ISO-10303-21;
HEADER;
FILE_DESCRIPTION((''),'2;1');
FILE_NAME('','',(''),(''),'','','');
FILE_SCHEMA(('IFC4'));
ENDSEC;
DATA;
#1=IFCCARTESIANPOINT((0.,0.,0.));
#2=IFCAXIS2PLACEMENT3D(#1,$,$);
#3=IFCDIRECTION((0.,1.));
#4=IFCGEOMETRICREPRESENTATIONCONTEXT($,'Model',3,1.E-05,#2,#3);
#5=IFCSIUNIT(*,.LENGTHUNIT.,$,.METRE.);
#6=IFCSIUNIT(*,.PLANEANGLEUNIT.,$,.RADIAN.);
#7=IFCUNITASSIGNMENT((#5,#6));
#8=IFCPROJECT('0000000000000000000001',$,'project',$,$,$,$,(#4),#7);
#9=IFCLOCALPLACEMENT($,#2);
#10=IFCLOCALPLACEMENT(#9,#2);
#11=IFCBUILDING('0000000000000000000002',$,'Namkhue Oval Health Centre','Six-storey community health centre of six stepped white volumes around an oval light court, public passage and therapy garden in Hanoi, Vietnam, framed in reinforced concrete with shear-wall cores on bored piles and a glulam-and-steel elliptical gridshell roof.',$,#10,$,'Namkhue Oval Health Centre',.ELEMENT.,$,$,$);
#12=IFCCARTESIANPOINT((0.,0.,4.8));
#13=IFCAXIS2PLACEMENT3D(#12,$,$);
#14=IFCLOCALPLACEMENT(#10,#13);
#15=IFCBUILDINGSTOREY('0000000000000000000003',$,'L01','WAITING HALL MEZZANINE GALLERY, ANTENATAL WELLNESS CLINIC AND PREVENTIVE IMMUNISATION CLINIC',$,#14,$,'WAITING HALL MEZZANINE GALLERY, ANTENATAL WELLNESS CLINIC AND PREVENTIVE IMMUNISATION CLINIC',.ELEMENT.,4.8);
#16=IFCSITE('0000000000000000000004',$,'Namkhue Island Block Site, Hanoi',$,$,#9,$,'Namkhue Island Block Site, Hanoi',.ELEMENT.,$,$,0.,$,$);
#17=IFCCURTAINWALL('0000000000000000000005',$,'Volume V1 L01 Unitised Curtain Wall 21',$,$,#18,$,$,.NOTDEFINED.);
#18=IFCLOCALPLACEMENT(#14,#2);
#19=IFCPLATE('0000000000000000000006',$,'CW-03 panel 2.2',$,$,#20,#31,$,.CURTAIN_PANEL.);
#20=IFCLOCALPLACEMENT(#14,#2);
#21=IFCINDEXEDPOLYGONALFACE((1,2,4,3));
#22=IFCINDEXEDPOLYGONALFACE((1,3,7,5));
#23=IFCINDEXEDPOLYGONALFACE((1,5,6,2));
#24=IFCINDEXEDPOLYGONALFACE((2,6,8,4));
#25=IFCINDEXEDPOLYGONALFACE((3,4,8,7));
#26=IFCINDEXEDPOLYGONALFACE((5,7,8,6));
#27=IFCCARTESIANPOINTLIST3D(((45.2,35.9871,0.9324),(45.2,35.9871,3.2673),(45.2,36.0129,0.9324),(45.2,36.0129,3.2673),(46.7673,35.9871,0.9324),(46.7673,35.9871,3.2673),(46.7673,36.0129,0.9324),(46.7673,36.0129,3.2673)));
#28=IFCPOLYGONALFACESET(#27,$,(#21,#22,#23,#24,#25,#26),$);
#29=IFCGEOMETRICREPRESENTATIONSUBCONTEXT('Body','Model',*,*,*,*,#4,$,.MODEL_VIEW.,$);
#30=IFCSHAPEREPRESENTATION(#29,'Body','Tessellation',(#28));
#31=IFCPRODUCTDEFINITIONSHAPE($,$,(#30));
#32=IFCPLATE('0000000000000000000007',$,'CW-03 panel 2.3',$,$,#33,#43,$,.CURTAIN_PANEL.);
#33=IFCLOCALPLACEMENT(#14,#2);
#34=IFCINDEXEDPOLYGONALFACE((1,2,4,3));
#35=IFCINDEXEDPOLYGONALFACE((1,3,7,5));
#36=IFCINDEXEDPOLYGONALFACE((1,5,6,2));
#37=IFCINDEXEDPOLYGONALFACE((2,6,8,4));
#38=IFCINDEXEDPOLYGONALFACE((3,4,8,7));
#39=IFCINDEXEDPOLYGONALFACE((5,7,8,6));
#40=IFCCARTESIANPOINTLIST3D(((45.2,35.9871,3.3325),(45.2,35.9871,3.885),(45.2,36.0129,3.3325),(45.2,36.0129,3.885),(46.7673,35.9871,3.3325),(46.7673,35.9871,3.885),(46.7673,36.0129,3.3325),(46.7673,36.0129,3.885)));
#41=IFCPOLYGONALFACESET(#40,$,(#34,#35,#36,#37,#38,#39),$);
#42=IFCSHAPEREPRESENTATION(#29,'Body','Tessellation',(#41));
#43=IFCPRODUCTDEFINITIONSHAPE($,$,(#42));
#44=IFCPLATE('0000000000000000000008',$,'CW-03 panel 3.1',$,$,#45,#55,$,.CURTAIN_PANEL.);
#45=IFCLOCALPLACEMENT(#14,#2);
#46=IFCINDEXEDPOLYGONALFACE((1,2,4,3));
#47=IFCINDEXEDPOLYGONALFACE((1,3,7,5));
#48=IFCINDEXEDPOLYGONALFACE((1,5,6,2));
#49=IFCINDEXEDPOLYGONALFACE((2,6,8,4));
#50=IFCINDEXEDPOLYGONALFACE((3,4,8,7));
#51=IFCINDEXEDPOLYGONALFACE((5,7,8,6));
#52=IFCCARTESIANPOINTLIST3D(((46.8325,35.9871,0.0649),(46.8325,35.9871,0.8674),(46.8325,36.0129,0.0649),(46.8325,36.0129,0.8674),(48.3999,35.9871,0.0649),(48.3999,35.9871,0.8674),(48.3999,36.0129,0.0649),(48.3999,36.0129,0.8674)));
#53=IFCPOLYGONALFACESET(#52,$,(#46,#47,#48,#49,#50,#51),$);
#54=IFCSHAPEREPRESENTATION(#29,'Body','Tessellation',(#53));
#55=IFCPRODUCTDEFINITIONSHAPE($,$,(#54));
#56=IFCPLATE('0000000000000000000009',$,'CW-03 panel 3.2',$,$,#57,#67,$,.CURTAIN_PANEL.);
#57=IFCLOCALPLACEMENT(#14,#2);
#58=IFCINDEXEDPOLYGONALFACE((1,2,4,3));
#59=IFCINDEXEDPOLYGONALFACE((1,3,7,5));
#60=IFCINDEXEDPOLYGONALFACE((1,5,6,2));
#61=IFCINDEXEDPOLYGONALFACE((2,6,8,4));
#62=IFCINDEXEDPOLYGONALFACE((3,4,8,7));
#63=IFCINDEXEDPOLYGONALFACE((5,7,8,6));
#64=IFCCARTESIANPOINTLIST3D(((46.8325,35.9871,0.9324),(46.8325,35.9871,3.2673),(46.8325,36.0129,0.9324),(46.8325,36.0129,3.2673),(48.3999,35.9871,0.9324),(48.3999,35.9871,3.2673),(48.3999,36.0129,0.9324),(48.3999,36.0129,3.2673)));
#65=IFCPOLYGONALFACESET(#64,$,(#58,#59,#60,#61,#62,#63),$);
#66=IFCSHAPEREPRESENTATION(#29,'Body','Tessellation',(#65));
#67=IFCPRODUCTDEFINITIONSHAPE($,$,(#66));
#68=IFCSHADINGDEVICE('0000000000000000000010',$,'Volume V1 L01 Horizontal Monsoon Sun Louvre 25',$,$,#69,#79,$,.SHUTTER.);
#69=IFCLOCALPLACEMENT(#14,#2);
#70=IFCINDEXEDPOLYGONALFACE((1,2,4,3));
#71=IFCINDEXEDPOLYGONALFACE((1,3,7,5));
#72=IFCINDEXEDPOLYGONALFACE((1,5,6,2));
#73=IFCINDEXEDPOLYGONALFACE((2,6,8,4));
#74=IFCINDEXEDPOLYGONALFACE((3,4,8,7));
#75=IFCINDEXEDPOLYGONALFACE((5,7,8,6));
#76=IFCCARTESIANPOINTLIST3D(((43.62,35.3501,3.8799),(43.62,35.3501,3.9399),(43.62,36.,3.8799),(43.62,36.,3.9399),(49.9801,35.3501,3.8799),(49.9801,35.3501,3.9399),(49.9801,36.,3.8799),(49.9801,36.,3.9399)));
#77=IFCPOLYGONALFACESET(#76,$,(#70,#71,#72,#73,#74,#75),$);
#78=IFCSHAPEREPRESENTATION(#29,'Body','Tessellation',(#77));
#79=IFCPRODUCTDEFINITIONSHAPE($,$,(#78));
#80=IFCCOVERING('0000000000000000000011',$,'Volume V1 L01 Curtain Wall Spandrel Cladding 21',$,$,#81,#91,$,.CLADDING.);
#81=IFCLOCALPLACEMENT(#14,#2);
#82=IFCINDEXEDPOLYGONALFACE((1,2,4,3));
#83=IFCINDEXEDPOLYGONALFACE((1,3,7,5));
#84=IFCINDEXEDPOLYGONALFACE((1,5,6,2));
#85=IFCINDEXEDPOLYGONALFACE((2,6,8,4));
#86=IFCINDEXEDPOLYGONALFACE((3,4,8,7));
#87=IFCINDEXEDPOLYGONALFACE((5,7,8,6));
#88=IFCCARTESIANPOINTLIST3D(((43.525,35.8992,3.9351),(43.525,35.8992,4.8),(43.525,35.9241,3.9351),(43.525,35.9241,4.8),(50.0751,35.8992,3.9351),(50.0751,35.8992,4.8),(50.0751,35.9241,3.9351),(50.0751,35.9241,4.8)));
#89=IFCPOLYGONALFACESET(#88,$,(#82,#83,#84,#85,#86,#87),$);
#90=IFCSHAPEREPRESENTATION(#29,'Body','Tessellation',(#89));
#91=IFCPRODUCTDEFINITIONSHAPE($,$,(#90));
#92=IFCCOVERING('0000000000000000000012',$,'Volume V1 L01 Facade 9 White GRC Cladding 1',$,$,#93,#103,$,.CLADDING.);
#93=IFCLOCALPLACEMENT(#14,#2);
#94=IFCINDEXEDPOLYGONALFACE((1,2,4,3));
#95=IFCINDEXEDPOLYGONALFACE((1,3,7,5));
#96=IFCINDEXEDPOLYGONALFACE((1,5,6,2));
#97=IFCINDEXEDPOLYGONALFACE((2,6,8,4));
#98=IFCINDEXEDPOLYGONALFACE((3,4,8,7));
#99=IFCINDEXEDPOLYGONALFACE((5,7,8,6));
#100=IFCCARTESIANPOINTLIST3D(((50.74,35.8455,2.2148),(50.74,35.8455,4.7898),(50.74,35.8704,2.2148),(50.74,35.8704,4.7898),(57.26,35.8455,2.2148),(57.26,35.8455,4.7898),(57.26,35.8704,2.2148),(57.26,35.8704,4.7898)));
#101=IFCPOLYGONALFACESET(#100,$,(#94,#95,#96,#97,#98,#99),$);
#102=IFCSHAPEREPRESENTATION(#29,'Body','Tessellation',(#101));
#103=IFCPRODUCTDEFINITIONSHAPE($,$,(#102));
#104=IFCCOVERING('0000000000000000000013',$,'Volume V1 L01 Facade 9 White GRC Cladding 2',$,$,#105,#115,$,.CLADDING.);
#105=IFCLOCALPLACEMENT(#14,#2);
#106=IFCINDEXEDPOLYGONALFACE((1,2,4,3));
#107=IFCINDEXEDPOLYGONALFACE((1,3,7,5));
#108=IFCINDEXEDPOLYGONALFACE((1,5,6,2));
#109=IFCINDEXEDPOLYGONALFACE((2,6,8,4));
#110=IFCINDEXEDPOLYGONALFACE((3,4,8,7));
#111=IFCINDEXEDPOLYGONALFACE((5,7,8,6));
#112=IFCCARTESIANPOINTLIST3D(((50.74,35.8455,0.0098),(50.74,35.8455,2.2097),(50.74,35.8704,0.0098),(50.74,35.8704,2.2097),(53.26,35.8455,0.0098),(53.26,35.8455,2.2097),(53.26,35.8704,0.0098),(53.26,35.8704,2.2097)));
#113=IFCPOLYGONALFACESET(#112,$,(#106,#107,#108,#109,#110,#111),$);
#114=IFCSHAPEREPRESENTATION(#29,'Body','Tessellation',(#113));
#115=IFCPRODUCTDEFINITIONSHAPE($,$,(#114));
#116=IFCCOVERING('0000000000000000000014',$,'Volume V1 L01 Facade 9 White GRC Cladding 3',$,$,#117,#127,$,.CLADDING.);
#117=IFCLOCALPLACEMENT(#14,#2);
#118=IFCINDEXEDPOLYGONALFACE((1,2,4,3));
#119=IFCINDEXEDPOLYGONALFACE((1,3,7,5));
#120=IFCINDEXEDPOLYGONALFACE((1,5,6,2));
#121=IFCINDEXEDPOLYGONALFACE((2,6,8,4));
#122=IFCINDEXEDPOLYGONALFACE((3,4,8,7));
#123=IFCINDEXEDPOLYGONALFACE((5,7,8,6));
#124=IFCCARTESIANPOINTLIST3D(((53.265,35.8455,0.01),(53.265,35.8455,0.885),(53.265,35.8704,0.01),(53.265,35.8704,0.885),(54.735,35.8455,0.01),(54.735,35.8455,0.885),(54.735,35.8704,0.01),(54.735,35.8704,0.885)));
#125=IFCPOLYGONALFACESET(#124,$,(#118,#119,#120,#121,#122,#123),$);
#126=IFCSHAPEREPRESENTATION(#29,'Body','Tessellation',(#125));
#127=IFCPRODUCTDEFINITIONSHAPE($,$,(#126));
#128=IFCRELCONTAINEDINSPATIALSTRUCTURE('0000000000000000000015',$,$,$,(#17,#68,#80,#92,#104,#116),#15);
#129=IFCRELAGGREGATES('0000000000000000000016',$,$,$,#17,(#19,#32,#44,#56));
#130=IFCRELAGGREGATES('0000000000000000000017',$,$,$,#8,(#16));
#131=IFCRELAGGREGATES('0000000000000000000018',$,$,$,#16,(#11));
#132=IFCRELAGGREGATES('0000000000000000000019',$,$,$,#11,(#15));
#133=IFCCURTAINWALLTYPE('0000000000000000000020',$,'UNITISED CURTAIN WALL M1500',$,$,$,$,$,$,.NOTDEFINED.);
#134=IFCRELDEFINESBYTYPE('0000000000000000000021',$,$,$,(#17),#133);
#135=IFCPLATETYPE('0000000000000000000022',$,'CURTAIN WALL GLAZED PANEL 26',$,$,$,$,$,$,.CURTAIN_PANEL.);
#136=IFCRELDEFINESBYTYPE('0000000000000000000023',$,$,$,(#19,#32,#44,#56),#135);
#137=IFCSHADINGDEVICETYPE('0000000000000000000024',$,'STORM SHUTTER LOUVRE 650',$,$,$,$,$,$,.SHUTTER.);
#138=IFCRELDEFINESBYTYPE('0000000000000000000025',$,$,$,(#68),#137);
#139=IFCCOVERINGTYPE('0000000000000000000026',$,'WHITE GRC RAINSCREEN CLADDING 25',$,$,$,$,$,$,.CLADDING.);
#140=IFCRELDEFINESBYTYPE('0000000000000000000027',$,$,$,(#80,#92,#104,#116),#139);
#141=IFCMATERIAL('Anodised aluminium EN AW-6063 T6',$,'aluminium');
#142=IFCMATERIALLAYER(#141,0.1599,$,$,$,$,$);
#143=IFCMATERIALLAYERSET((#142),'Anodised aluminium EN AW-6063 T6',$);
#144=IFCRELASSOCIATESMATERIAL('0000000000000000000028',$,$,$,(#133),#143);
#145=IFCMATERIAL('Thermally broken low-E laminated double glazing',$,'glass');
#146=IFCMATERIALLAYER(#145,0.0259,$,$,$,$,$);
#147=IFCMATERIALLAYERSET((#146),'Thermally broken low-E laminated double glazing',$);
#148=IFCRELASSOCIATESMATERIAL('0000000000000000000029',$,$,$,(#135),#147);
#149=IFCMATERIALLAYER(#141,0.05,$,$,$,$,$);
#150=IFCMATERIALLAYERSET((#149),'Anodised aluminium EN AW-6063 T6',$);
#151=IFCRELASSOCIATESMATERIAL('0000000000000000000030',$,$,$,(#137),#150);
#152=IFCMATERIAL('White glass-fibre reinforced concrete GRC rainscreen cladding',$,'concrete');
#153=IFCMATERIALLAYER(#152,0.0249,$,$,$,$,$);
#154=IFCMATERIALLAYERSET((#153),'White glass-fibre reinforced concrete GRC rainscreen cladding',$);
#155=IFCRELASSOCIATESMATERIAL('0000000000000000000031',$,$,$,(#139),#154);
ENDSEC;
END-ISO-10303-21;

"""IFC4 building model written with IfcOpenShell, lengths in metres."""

from ifc_helpers import new_model, si_unit, direction, frame, origin, origin_2d, place, context, subcontext, project, spatial, rectangle, extrude, material, layer, layer_set, type_object, element, aggregate, save


model = new_model("IFC4")

# Units and contexts
model_context = context("Model", 3, precision=1e-05, world=origin(), true_north=direction((0.0, 1.0)))
body_context = subcontext(model_context, "Body", "Model", "MODEL_VIEW")
ifc_project = project(units=[si_unit("LENGTHUNIT", "METRE"), si_unit("PLANEANGLEUNIT", "RADIAN")], contexts=[model_context])

# Site, building, storey
site_placement = place(None, origin())
site = spatial("IfcSite", under=ifc_project, at=site_placement, Name="Namkhue Island Block Site, Hanoi", LongName="Namkhue Island Block Site, Hanoi", CompositionType="ELEMENT", RefElevation=0.0)
building_placement = place(site_placement, origin())
building = spatial("IfcBuilding", under=site, at=building_placement, Name="Namkhue Oval Health Centre", Description="Six-storey community health centre of six stepped white volumes around an oval light court, public passage and therapy garden in Hanoi, Vietnam, framed in reinforced concrete with shear-wall cores on bored piles and a glulam-and-steel elliptical gridshell roof.", LongName="Namkhue Oval Health Centre", CompositionType="ELEMENT")
storey_placement = place(building_placement, frame((0.0, 0.0, 4.8)))
storey = spatial("IfcBuildingStorey", under=building, at=storey_placement, Name="L01", Description="WAITING HALL MEZZANINE GALLERY, ANTENATAL WELLNESS CLINIC AND PREVENTIVE IMMUNISATION CLINIC", LongName="WAITING HALL MEZZANINE GALLERY, ANTENATAL WELLNESS CLINIC AND PREVENTIVE IMMUNISATION CLINIC", CompositionType="ELEMENT", Elevation=4.8)

# Curtain wall, plates
ifc_material_1 = material(Name="Anodised aluminium EN AW-6063 T6", Category="aluminium")
ifc_layer_1 = layer(ifc_material_1, 0.1599)
ifc_layer_set_1 = layer_set([ifc_layer_1], Name="Anodised aluminium EN AW-6063 T6")
curtain_wall_type = type_object("IfcCurtainWallType", Name="UNITISED CURTAIN WALL M1500", PredefinedType="NOTDEFINED", material=ifc_layer_set_1)
curtain_wall_placement = place(storey_placement, origin())
curtain_wall = element("IfcCurtainWall", 1, at=curtain_wall_placement, inside=storey, type_object=curtain_wall_type, Name="Volume V1 L01 Unitised Curtain Wall 21", PredefinedType="NOTDEFINED")
ifc_material_2 = material(Name="Thermally broken low-E laminated double glazing", Category="glass")
ifc_layer_2 = layer(ifc_material_2, 0.0259)
ifc_layer_set_2 = layer_set([ifc_layer_2], Name="Thermally broken low-E laminated double glazing")
plate_type = type_object("IfcPlateType", Name="CURTAIN WALL GLAZED PANEL 26", PredefinedType="CURTAIN_PANEL", material=ifc_layer_set_2)
plate_1_placement = place(storey_placement, frame((45.9836, 36.0, 0.9324), z_axis=(0.0, 0.0, 1.0), x_axis=(1.0, 0.0, 0.0)))
plate_1 = element("IfcPlate", 2, at=plate_1_placement, type_object=plate_type, Name="CW-03 panel 2.2", PredefinedType="CURTAIN_PANEL", context=body_context, shape_type="SweptSolid", body=[
    extrude(rectangle(XDim=1.5674, YDim=0.0259, at=origin_2d()), origin(), (0.0, 0.0, 1.0), 2.335),
])
plate_2_placement = place(storey_placement, frame((45.9836, 36.0, 3.3325), z_axis=(0.0, 0.0, 1.0), x_axis=(1.0, 0.0, 0.0)))
plate_2 = element("IfcPlate", 3, at=plate_2_placement, type_object=plate_type, Name="CW-03 panel 2.3", PredefinedType="CURTAIN_PANEL", context=body_context, shape_type="SweptSolid", body=[
    extrude(rectangle(XDim=1.5674, YDim=0.0259, at=origin_2d()), origin(), (0.0, 0.0, 1.0), 0.5525),
])
plate_3_placement = place(storey_placement, frame((47.6162, 36.0, 0.0649), z_axis=(0.0, 0.0, 1.0), x_axis=(1.0, 0.0, 0.0)))
plate_3 = element("IfcPlate", 4, at=plate_3_placement, type_object=plate_type, Name="CW-03 panel 3.1", PredefinedType="CURTAIN_PANEL", context=body_context, shape_type="SweptSolid", body=[
    extrude(rectangle(XDim=1.5674, YDim=0.0259, at=origin_2d()), origin(), (0.0, 0.0, 1.0), 0.8025),
])
plate_4_placement = place(storey_placement, frame((47.6162, 36.0, 0.9324), z_axis=(0.0, 0.0, 1.0), x_axis=(1.0, 0.0, 0.0)))
plate_4 = element("IfcPlate", 5, at=plate_4_placement, type_object=plate_type, Name="CW-03 panel 3.2", PredefinedType="CURTAIN_PANEL", context=body_context, shape_type="SweptSolid", body=[
    extrude(rectangle(XDim=1.5674, YDim=0.0259, at=origin_2d()), origin(), (0.0, 0.0, 1.0), 2.335),
])
aggregate(curtain_wall, [plate_1, plate_2, plate_3, plate_4])

# Shading device
ifc_layer_3 = layer(ifc_material_1, 0.05)
ifc_layer_set_3 = layer_set([ifc_layer_3], Name="Anodised aluminium EN AW-6063 T6")
shading_device_type = type_object("IfcShadingDeviceType", Name="STORM SHUTTER LOUVRE 650", PredefinedType="SHUTTER", material=ifc_layer_set_3)
shading_device_placement = place(storey_placement, frame((46.8, 35.675, 3.8799), z_axis=(0.0, 0.0, 1.0), x_axis=(1.0, 0.0, 0.0)))
element("IfcShadingDevice", 6, at=shading_device_placement, inside=storey, type_object=shading_device_type, Name="Volume V1 L01 Horizontal Monsoon Sun Louvre 25", PredefinedType="SHUTTER", context=body_context, shape_type="SweptSolid", body=[
    extrude(rectangle(XDim=6.3601, YDim=0.6499, at=origin_2d()), origin(), (0.0, 0.0, 1.0), 0.0601),
])

# Coverings
ifc_material_3 = material(Name="White glass-fibre reinforced concrete GRC rainscreen cladding", Category="concrete")
ifc_layer_4 = layer(ifc_material_3, 0.0249)
ifc_layer_set_4 = layer_set([ifc_layer_4], Name="White glass-fibre reinforced concrete GRC rainscreen cladding")
covering_type = type_object("IfcCoveringType", Name="WHITE GRC RAINSCREEN CLADDING 25", PredefinedType="CLADDING", material=ifc_layer_set_4)
covering_1_placement = place(storey_placement, frame((46.8, 35.9116, 3.9351), z_axis=(0.0, 0.0, 1.0), x_axis=(1.0, 0.0, 0.0)))
element("IfcCovering", 7, at=covering_1_placement, inside=storey, type_object=covering_type, Name="Volume V1 L01 Curtain Wall Spandrel Cladding 21", PredefinedType="CLADDING", context=body_context, shape_type="SweptSolid", body=[
    extrude(rectangle(XDim=6.55, YDim=0.0249, at=origin_2d()), origin(), (0.0, 0.0, 1.0), 0.865),
])
covering_2_placement = place(storey_placement, frame((54.0, 35.8579, 2.2148), z_axis=(0.0, 0.0, 1.0), x_axis=(1.0, 0.0, 0.0)))
element("IfcCovering", 8, at=covering_2_placement, inside=storey, type_object=covering_type, Name="Volume V1 L01 Facade 9 White GRC Cladding 1", PredefinedType="CLADDING", context=body_context, shape_type="SweptSolid", body=[
    extrude(rectangle(XDim=6.52, YDim=0.0249, at=origin_2d()), origin(), (0.0, 0.0, 1.0), 2.575),
])
covering_3_placement = place(storey_placement, frame((52.0, 35.8579, 0.0098), z_axis=(0.0, 0.0, 1.0), x_axis=(1.0, 0.0, 0.0)))
element("IfcCovering", 9, at=covering_3_placement, inside=storey, type_object=covering_type, Name="Volume V1 L01 Facade 9 White GRC Cladding 2", PredefinedType="CLADDING", context=body_context, shape_type="SweptSolid", body=[
    extrude(rectangle(XDim=2.52, YDim=0.0249, at=origin_2d()), origin(), (0.0, 0.0, 1.0), 2.2),
])
covering_4_placement = place(storey_placement, frame((54.0, 35.8579, 0.01), z_axis=(0.0, 0.0, 1.0), x_axis=(1.0, 0.0, 0.0)))
element("IfcCovering", 10, at=covering_4_placement, inside=storey, type_object=covering_type, Name="Volume V1 L01 Facade 9 White GRC Cladding 3", PredefinedType="CLADDING", context=body_context, shape_type="SweptSolid", body=[
    extrude(rectangle(XDim=1.47, YDim=0.0249, at=origin_2d()), origin(), (0.0, 0.0, 1.0), 0.875),
])

save(model, "model.ifc")
